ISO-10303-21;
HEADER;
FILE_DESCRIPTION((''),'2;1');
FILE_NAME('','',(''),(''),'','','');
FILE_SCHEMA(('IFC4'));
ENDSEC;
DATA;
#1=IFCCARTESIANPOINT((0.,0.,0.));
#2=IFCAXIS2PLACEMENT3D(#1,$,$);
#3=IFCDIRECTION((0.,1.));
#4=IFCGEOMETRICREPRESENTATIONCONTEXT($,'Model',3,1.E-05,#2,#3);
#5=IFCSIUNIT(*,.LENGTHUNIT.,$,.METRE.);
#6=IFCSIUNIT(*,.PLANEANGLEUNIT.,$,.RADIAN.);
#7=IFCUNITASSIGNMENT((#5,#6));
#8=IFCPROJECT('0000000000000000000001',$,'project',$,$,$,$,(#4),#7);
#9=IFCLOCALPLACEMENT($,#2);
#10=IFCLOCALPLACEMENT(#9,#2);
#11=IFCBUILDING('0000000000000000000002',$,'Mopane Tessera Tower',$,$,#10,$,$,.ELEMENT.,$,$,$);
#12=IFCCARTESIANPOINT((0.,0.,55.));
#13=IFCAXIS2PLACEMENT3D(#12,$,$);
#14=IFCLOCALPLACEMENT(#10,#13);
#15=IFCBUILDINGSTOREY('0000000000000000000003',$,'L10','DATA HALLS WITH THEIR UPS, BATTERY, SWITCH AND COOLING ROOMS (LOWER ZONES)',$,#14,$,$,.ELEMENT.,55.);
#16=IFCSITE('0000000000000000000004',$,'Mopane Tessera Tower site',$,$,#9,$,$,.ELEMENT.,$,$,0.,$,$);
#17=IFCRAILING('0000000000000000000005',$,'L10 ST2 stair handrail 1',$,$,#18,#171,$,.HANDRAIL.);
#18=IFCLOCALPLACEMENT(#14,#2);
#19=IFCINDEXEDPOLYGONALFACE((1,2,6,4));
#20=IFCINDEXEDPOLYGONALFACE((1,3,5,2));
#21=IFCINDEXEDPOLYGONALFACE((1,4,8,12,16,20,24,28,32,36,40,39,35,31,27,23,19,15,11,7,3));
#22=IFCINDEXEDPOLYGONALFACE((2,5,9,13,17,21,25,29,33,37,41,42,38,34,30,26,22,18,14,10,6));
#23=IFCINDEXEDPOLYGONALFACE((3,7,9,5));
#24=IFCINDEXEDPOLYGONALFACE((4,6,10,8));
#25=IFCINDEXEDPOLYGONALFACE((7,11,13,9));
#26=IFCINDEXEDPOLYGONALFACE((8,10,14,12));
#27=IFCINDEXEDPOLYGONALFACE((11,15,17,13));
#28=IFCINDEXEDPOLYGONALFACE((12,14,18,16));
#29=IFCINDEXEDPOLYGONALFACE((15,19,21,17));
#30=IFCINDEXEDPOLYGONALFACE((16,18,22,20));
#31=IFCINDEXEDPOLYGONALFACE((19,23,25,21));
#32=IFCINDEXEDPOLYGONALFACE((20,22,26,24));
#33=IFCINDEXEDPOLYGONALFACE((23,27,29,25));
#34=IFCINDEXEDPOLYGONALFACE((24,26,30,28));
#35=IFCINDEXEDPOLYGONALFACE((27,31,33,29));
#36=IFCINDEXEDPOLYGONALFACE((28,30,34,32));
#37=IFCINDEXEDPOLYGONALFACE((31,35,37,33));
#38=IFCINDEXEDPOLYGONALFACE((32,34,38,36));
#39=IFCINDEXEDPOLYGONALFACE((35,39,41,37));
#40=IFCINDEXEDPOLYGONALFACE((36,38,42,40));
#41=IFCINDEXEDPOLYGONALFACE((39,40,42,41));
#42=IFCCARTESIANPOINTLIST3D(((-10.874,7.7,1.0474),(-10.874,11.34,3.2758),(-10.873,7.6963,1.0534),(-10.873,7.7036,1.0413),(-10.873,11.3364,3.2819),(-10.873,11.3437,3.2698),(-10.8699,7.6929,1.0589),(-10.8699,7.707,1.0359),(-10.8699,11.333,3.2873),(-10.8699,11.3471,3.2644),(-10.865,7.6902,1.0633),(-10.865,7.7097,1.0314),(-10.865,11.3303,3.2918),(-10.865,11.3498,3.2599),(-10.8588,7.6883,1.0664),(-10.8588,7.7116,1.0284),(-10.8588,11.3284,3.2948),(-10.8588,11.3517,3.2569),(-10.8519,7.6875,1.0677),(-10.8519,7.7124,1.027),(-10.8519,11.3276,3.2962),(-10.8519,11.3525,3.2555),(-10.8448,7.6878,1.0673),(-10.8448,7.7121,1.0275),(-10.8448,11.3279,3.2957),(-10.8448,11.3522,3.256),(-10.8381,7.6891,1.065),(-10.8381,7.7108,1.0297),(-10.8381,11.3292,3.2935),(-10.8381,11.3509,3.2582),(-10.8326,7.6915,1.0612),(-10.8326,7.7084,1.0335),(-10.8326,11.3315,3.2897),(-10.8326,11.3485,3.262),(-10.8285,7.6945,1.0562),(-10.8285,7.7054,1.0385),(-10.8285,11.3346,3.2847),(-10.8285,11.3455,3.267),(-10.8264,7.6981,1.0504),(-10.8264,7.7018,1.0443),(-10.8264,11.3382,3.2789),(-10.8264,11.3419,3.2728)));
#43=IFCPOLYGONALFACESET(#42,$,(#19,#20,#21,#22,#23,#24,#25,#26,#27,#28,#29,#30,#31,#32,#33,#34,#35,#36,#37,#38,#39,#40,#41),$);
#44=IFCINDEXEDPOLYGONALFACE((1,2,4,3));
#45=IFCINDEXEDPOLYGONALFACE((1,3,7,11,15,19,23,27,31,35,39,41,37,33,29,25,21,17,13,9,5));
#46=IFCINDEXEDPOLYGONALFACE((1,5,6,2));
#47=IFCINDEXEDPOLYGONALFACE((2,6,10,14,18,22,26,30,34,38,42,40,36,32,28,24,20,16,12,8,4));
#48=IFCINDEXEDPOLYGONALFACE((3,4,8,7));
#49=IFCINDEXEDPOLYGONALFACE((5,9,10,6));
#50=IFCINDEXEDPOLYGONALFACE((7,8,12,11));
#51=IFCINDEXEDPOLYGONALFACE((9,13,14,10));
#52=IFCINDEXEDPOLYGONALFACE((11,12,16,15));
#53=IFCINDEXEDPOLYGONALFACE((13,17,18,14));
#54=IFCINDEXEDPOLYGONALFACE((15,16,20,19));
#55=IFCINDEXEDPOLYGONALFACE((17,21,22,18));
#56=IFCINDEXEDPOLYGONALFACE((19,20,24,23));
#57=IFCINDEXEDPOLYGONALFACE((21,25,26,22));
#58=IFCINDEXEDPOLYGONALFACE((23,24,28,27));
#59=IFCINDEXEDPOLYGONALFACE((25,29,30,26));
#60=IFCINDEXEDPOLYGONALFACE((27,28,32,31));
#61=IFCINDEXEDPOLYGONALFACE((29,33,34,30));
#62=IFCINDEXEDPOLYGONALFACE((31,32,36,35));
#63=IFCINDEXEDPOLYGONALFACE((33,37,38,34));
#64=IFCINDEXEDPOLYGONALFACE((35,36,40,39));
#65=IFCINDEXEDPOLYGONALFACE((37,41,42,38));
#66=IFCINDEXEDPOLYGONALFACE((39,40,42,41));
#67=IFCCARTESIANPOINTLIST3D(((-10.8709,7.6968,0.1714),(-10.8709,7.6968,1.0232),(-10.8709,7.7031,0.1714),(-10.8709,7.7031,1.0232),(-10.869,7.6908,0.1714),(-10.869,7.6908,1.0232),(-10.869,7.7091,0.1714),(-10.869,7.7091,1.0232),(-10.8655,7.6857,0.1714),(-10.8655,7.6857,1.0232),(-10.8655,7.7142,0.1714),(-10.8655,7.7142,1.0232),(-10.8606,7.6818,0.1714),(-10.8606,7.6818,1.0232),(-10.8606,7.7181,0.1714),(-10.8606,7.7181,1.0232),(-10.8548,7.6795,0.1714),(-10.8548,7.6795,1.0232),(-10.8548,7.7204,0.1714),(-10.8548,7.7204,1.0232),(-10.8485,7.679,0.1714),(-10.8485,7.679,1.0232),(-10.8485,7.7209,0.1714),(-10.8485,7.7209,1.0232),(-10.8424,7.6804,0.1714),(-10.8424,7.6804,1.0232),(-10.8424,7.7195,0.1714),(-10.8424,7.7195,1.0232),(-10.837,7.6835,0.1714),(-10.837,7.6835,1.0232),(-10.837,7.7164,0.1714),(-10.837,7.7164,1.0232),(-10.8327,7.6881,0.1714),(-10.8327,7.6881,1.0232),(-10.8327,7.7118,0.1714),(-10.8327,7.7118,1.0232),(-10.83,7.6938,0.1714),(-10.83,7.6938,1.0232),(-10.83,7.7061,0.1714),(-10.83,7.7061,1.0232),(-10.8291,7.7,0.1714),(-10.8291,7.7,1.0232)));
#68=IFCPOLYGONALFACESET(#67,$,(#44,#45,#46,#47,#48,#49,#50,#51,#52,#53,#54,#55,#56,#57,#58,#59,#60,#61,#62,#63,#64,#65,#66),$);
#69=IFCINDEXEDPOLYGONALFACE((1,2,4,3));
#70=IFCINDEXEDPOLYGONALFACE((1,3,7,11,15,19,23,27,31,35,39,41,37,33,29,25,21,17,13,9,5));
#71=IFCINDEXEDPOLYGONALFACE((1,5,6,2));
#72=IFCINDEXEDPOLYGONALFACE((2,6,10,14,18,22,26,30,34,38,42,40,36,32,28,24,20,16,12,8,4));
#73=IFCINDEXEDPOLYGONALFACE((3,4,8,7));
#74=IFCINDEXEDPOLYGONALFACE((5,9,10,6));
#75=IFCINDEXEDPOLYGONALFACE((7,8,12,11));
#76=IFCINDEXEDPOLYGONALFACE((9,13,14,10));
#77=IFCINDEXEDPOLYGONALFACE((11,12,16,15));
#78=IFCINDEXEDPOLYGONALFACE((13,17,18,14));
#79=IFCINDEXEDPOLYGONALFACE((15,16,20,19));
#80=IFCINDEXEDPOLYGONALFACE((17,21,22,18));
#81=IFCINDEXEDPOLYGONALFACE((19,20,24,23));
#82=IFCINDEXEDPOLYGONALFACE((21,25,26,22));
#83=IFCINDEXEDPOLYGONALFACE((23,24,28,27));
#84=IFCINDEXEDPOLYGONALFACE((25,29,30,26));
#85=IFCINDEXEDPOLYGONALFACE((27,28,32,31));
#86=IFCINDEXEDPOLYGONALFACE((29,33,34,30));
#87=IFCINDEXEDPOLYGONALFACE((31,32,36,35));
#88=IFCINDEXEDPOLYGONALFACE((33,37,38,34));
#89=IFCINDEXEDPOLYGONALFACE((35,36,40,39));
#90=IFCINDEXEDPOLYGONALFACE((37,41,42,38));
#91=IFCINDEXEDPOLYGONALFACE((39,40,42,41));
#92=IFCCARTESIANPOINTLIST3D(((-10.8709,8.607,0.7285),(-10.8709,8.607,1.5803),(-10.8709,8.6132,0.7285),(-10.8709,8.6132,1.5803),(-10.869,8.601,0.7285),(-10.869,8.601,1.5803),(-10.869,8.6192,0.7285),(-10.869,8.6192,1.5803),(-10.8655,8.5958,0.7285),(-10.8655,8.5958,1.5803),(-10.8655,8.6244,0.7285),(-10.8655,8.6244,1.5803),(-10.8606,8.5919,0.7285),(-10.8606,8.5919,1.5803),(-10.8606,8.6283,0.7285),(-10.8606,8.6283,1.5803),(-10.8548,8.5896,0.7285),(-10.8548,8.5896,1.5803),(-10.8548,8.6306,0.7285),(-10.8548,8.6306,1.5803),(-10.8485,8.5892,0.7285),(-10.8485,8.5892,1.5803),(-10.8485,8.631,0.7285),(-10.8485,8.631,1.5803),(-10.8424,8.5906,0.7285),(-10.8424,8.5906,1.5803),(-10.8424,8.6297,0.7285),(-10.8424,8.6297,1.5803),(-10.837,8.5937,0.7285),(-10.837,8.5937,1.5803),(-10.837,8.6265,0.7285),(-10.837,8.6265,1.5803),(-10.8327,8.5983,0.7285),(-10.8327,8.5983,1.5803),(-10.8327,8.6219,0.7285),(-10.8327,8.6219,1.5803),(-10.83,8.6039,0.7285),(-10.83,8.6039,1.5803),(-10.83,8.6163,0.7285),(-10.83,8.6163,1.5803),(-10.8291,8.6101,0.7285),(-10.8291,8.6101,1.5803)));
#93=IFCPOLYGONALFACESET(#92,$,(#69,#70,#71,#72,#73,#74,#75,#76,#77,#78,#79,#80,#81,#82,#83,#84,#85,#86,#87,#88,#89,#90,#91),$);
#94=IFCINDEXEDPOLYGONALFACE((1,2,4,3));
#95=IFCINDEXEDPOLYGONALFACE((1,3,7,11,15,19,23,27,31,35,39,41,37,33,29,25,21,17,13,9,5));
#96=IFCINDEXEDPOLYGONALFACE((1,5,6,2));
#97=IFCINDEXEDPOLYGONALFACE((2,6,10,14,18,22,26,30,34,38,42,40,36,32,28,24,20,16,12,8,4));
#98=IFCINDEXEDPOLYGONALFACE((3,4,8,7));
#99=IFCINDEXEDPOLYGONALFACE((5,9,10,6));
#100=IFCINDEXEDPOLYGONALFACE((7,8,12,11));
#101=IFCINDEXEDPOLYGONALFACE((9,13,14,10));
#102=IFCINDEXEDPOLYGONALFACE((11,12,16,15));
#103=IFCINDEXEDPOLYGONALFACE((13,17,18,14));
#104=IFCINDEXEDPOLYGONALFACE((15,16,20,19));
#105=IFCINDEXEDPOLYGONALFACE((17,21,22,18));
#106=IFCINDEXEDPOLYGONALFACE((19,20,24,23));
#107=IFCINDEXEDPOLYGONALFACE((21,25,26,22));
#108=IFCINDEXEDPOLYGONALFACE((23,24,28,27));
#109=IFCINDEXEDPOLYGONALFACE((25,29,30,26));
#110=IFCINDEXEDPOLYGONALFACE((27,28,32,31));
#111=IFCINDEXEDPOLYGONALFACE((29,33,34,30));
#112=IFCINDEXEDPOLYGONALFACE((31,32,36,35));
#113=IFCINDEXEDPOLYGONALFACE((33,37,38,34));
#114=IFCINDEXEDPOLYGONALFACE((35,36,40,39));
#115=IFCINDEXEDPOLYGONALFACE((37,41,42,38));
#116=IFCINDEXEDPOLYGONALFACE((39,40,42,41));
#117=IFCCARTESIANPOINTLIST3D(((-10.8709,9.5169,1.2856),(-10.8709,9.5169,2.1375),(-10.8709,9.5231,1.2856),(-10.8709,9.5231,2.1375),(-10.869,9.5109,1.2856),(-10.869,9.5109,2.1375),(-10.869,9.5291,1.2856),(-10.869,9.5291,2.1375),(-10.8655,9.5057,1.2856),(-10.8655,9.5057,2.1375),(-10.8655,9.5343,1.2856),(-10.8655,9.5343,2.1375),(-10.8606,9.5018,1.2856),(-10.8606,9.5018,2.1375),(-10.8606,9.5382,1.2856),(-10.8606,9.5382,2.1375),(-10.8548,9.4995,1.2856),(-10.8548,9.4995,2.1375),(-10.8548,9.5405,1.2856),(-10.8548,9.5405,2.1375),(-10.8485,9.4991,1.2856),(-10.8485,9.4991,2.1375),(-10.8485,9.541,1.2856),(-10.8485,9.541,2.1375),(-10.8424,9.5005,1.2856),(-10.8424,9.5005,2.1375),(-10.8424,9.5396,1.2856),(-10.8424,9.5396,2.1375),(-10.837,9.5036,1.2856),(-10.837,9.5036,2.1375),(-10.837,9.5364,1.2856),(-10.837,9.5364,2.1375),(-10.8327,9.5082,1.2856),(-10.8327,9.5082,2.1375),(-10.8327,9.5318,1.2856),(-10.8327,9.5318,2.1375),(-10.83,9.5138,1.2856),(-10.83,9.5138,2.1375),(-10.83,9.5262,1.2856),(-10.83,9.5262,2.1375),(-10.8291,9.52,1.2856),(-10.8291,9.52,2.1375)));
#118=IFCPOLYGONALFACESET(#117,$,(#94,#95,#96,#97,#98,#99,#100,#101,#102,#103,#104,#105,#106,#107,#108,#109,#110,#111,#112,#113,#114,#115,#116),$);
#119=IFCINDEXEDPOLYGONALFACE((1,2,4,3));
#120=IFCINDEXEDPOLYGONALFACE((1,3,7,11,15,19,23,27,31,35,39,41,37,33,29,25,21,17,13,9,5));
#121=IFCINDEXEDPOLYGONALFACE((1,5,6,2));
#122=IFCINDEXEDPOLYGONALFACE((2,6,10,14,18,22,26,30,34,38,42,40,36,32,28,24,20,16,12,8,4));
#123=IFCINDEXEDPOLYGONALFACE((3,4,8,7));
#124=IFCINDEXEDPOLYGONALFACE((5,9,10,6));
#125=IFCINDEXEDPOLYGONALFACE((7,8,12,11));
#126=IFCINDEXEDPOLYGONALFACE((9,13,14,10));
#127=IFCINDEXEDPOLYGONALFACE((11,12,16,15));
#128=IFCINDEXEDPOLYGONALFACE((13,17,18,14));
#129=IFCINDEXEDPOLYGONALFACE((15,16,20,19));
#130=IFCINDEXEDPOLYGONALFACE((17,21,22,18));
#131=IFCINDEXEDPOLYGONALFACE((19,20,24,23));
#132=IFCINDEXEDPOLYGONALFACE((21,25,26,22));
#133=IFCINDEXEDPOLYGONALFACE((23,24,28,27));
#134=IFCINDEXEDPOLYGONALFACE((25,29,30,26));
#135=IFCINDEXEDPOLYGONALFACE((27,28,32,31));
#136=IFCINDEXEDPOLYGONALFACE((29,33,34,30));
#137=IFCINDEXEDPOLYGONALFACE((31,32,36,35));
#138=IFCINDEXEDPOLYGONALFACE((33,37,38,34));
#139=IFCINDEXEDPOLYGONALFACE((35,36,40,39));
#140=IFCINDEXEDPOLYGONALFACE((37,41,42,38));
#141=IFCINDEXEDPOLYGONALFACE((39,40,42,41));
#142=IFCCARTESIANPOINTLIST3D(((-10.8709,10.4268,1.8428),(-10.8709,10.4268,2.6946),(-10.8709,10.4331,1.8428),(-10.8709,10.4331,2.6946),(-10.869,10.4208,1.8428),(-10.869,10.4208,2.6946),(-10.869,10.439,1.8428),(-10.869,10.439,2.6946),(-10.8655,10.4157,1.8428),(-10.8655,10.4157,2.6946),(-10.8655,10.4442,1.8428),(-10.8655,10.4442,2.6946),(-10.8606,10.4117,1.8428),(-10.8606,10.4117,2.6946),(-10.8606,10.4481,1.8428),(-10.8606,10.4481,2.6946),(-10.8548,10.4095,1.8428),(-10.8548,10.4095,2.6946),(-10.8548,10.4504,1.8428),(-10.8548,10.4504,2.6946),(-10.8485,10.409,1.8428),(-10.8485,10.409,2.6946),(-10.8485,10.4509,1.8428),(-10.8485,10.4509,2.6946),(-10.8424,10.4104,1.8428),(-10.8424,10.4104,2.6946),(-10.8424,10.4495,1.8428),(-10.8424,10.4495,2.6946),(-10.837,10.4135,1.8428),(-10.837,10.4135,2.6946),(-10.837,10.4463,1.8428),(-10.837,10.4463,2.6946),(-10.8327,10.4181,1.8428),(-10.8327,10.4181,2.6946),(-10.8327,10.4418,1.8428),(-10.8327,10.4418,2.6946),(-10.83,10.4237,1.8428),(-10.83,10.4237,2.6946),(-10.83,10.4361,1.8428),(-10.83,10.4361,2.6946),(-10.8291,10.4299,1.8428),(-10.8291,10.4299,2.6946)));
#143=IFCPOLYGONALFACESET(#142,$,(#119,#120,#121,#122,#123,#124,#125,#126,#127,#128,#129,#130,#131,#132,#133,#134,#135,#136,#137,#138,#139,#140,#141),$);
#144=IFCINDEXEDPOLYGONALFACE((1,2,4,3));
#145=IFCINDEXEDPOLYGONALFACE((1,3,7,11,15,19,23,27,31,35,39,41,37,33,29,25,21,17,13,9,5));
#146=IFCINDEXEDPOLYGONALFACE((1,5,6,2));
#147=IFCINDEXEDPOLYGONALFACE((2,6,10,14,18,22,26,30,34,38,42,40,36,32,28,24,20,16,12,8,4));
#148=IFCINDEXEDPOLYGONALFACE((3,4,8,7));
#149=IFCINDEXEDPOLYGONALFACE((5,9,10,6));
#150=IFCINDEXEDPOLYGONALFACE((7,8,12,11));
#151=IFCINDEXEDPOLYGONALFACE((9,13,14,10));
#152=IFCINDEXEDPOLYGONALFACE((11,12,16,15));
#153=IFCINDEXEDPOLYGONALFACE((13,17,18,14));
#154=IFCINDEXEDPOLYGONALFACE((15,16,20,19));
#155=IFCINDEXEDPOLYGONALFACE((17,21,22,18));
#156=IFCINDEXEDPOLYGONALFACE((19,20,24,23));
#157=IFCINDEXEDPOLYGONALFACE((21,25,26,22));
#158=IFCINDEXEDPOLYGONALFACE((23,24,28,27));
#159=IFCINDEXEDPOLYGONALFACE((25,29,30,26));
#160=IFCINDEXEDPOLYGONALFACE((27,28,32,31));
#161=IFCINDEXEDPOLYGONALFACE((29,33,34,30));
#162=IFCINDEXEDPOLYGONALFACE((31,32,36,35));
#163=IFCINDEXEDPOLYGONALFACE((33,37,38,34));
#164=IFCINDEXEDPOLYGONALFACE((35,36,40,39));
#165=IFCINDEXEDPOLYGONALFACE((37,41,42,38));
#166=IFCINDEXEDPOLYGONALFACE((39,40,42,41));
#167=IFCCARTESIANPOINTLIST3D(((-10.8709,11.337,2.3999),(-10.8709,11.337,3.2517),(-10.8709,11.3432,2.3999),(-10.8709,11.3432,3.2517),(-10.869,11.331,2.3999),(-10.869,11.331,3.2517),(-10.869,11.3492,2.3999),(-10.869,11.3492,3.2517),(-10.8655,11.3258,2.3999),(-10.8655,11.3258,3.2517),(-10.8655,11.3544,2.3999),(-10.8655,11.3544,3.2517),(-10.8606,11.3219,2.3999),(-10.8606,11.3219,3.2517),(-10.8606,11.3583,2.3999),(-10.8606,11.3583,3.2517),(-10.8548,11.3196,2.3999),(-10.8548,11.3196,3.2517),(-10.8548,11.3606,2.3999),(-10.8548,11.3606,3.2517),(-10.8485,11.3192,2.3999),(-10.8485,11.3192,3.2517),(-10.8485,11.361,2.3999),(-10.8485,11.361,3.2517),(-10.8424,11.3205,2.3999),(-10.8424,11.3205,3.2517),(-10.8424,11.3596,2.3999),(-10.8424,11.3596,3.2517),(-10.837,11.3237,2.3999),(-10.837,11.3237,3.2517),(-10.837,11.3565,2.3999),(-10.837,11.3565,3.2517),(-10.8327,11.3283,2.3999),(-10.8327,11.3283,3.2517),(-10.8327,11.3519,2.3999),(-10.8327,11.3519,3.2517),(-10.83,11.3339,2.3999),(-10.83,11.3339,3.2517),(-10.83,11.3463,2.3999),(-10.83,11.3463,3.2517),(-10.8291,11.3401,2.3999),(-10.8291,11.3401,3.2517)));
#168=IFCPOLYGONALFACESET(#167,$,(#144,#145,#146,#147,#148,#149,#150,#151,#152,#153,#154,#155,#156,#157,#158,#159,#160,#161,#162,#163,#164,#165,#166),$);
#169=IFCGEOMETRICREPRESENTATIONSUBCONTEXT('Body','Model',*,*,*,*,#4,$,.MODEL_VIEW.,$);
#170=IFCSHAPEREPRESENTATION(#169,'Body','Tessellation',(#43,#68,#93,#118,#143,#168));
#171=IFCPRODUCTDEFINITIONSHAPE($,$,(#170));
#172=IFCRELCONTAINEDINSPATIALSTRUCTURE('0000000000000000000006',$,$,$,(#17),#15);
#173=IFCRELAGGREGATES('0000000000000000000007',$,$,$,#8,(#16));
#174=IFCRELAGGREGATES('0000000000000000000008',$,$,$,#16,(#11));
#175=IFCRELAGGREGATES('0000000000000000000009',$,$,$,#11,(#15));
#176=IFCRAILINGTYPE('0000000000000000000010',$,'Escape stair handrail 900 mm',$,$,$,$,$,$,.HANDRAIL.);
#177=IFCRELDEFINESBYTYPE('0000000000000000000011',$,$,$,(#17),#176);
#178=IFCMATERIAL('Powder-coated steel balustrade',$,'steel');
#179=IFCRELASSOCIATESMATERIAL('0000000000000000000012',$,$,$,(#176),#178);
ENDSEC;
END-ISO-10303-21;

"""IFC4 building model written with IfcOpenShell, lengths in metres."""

from ifc_helpers import new_model, si_unit, direction, frame, origin, origin_2d, place, context, subcontext, project, spatial, circle, extrude, material, type_object, element, save


model = new_model("IFC4")

# Units and contexts
model_context = context("Model", 3, precision=1e-05, world=origin(), true_north=direction((0.0, 1.0)))
body_context = subcontext(model_context, "Body", "Model", "MODEL_VIEW")
ifc_project = project(units=[si_unit("LENGTHUNIT", "METRE"), si_unit("PLANEANGLEUNIT", "RADIAN")], contexts=[model_context])

# Site, building, storey
site_placement = place(None, origin())
site = spatial("IfcSite", under=ifc_project, at=site_placement, Name="Mopane Tessera Tower site", CompositionType="ELEMENT", RefElevation=0.0)
building_placement = place(site_placement, origin())
building = spatial("IfcBuilding", under=site, at=building_placement, Name="Mopane Tessera Tower", CompositionType="ELEMENT")
storey_placement = place(building_placement, frame((0.0, 0.0, 55.0)))
storey = spatial("IfcBuildingStorey", under=building, at=storey_placement, Name="L10", Description="DATA HALLS WITH THEIR UPS, BATTERY, SWITCH AND COOLING ROOMS (LOWER ZONES)", CompositionType="ELEMENT", Elevation=55.0)

# Railing
ifc_material_1 = material(Name="Powder-coated steel balustrade", Category="steel")
railing_type_1 = type_object("IfcRailingType", Name="Escape stair handrail 900 mm", PredefinedType="HANDRAIL", material=ifc_material_1)
railing_1_placement = place(storey_placement, frame((-10.8501, 7.7, 0.1714)))
element("IfcRailing", 1, at=railing_1_placement, inside=storey, type_object=railing_type_1, Name="L10 ST2 stair handrail 1", PredefinedType="HANDRAIL", context=body_context, shape_type="SweptSolid", body=[
    extrude(circle(Radius=0.0239, at=origin_2d()), frame((0.0, 0.0, 0.876), z_axis=(0.0, 0.852866, 0.52213), x_axis=(-1.0, 0.0, 0.0)), (0.0, 0.0, 1.0), 4.2681),
    extrude(circle(Radius=0.021, at=origin_2d()), origin(), (0.0, 0.0, 1.0), 0.8518),
    extrude(circle(Radius=0.021, at=origin_2d()), frame((0.0, 0.9102, 0.5571)), (0.0, 0.0, 1.0), 0.8518),
    extrude(circle(Radius=0.021, at=origin_2d()), frame((0.0, 1.8201, 1.1143)), (0.0, 0.0, 1.0), 0.8518),
    extrude(circle(Radius=0.021, at=origin_2d()), frame((0.0, 2.73, 1.6714)), (0.0, 0.0, 1.0), 0.8518),
    extrude(circle(Radius=0.021, at=origin_2d()), frame((0.0, 3.6401, 2.2285)), (0.0, 0.0, 1.0), 0.8518),
])

save(model, "model.ifc")
